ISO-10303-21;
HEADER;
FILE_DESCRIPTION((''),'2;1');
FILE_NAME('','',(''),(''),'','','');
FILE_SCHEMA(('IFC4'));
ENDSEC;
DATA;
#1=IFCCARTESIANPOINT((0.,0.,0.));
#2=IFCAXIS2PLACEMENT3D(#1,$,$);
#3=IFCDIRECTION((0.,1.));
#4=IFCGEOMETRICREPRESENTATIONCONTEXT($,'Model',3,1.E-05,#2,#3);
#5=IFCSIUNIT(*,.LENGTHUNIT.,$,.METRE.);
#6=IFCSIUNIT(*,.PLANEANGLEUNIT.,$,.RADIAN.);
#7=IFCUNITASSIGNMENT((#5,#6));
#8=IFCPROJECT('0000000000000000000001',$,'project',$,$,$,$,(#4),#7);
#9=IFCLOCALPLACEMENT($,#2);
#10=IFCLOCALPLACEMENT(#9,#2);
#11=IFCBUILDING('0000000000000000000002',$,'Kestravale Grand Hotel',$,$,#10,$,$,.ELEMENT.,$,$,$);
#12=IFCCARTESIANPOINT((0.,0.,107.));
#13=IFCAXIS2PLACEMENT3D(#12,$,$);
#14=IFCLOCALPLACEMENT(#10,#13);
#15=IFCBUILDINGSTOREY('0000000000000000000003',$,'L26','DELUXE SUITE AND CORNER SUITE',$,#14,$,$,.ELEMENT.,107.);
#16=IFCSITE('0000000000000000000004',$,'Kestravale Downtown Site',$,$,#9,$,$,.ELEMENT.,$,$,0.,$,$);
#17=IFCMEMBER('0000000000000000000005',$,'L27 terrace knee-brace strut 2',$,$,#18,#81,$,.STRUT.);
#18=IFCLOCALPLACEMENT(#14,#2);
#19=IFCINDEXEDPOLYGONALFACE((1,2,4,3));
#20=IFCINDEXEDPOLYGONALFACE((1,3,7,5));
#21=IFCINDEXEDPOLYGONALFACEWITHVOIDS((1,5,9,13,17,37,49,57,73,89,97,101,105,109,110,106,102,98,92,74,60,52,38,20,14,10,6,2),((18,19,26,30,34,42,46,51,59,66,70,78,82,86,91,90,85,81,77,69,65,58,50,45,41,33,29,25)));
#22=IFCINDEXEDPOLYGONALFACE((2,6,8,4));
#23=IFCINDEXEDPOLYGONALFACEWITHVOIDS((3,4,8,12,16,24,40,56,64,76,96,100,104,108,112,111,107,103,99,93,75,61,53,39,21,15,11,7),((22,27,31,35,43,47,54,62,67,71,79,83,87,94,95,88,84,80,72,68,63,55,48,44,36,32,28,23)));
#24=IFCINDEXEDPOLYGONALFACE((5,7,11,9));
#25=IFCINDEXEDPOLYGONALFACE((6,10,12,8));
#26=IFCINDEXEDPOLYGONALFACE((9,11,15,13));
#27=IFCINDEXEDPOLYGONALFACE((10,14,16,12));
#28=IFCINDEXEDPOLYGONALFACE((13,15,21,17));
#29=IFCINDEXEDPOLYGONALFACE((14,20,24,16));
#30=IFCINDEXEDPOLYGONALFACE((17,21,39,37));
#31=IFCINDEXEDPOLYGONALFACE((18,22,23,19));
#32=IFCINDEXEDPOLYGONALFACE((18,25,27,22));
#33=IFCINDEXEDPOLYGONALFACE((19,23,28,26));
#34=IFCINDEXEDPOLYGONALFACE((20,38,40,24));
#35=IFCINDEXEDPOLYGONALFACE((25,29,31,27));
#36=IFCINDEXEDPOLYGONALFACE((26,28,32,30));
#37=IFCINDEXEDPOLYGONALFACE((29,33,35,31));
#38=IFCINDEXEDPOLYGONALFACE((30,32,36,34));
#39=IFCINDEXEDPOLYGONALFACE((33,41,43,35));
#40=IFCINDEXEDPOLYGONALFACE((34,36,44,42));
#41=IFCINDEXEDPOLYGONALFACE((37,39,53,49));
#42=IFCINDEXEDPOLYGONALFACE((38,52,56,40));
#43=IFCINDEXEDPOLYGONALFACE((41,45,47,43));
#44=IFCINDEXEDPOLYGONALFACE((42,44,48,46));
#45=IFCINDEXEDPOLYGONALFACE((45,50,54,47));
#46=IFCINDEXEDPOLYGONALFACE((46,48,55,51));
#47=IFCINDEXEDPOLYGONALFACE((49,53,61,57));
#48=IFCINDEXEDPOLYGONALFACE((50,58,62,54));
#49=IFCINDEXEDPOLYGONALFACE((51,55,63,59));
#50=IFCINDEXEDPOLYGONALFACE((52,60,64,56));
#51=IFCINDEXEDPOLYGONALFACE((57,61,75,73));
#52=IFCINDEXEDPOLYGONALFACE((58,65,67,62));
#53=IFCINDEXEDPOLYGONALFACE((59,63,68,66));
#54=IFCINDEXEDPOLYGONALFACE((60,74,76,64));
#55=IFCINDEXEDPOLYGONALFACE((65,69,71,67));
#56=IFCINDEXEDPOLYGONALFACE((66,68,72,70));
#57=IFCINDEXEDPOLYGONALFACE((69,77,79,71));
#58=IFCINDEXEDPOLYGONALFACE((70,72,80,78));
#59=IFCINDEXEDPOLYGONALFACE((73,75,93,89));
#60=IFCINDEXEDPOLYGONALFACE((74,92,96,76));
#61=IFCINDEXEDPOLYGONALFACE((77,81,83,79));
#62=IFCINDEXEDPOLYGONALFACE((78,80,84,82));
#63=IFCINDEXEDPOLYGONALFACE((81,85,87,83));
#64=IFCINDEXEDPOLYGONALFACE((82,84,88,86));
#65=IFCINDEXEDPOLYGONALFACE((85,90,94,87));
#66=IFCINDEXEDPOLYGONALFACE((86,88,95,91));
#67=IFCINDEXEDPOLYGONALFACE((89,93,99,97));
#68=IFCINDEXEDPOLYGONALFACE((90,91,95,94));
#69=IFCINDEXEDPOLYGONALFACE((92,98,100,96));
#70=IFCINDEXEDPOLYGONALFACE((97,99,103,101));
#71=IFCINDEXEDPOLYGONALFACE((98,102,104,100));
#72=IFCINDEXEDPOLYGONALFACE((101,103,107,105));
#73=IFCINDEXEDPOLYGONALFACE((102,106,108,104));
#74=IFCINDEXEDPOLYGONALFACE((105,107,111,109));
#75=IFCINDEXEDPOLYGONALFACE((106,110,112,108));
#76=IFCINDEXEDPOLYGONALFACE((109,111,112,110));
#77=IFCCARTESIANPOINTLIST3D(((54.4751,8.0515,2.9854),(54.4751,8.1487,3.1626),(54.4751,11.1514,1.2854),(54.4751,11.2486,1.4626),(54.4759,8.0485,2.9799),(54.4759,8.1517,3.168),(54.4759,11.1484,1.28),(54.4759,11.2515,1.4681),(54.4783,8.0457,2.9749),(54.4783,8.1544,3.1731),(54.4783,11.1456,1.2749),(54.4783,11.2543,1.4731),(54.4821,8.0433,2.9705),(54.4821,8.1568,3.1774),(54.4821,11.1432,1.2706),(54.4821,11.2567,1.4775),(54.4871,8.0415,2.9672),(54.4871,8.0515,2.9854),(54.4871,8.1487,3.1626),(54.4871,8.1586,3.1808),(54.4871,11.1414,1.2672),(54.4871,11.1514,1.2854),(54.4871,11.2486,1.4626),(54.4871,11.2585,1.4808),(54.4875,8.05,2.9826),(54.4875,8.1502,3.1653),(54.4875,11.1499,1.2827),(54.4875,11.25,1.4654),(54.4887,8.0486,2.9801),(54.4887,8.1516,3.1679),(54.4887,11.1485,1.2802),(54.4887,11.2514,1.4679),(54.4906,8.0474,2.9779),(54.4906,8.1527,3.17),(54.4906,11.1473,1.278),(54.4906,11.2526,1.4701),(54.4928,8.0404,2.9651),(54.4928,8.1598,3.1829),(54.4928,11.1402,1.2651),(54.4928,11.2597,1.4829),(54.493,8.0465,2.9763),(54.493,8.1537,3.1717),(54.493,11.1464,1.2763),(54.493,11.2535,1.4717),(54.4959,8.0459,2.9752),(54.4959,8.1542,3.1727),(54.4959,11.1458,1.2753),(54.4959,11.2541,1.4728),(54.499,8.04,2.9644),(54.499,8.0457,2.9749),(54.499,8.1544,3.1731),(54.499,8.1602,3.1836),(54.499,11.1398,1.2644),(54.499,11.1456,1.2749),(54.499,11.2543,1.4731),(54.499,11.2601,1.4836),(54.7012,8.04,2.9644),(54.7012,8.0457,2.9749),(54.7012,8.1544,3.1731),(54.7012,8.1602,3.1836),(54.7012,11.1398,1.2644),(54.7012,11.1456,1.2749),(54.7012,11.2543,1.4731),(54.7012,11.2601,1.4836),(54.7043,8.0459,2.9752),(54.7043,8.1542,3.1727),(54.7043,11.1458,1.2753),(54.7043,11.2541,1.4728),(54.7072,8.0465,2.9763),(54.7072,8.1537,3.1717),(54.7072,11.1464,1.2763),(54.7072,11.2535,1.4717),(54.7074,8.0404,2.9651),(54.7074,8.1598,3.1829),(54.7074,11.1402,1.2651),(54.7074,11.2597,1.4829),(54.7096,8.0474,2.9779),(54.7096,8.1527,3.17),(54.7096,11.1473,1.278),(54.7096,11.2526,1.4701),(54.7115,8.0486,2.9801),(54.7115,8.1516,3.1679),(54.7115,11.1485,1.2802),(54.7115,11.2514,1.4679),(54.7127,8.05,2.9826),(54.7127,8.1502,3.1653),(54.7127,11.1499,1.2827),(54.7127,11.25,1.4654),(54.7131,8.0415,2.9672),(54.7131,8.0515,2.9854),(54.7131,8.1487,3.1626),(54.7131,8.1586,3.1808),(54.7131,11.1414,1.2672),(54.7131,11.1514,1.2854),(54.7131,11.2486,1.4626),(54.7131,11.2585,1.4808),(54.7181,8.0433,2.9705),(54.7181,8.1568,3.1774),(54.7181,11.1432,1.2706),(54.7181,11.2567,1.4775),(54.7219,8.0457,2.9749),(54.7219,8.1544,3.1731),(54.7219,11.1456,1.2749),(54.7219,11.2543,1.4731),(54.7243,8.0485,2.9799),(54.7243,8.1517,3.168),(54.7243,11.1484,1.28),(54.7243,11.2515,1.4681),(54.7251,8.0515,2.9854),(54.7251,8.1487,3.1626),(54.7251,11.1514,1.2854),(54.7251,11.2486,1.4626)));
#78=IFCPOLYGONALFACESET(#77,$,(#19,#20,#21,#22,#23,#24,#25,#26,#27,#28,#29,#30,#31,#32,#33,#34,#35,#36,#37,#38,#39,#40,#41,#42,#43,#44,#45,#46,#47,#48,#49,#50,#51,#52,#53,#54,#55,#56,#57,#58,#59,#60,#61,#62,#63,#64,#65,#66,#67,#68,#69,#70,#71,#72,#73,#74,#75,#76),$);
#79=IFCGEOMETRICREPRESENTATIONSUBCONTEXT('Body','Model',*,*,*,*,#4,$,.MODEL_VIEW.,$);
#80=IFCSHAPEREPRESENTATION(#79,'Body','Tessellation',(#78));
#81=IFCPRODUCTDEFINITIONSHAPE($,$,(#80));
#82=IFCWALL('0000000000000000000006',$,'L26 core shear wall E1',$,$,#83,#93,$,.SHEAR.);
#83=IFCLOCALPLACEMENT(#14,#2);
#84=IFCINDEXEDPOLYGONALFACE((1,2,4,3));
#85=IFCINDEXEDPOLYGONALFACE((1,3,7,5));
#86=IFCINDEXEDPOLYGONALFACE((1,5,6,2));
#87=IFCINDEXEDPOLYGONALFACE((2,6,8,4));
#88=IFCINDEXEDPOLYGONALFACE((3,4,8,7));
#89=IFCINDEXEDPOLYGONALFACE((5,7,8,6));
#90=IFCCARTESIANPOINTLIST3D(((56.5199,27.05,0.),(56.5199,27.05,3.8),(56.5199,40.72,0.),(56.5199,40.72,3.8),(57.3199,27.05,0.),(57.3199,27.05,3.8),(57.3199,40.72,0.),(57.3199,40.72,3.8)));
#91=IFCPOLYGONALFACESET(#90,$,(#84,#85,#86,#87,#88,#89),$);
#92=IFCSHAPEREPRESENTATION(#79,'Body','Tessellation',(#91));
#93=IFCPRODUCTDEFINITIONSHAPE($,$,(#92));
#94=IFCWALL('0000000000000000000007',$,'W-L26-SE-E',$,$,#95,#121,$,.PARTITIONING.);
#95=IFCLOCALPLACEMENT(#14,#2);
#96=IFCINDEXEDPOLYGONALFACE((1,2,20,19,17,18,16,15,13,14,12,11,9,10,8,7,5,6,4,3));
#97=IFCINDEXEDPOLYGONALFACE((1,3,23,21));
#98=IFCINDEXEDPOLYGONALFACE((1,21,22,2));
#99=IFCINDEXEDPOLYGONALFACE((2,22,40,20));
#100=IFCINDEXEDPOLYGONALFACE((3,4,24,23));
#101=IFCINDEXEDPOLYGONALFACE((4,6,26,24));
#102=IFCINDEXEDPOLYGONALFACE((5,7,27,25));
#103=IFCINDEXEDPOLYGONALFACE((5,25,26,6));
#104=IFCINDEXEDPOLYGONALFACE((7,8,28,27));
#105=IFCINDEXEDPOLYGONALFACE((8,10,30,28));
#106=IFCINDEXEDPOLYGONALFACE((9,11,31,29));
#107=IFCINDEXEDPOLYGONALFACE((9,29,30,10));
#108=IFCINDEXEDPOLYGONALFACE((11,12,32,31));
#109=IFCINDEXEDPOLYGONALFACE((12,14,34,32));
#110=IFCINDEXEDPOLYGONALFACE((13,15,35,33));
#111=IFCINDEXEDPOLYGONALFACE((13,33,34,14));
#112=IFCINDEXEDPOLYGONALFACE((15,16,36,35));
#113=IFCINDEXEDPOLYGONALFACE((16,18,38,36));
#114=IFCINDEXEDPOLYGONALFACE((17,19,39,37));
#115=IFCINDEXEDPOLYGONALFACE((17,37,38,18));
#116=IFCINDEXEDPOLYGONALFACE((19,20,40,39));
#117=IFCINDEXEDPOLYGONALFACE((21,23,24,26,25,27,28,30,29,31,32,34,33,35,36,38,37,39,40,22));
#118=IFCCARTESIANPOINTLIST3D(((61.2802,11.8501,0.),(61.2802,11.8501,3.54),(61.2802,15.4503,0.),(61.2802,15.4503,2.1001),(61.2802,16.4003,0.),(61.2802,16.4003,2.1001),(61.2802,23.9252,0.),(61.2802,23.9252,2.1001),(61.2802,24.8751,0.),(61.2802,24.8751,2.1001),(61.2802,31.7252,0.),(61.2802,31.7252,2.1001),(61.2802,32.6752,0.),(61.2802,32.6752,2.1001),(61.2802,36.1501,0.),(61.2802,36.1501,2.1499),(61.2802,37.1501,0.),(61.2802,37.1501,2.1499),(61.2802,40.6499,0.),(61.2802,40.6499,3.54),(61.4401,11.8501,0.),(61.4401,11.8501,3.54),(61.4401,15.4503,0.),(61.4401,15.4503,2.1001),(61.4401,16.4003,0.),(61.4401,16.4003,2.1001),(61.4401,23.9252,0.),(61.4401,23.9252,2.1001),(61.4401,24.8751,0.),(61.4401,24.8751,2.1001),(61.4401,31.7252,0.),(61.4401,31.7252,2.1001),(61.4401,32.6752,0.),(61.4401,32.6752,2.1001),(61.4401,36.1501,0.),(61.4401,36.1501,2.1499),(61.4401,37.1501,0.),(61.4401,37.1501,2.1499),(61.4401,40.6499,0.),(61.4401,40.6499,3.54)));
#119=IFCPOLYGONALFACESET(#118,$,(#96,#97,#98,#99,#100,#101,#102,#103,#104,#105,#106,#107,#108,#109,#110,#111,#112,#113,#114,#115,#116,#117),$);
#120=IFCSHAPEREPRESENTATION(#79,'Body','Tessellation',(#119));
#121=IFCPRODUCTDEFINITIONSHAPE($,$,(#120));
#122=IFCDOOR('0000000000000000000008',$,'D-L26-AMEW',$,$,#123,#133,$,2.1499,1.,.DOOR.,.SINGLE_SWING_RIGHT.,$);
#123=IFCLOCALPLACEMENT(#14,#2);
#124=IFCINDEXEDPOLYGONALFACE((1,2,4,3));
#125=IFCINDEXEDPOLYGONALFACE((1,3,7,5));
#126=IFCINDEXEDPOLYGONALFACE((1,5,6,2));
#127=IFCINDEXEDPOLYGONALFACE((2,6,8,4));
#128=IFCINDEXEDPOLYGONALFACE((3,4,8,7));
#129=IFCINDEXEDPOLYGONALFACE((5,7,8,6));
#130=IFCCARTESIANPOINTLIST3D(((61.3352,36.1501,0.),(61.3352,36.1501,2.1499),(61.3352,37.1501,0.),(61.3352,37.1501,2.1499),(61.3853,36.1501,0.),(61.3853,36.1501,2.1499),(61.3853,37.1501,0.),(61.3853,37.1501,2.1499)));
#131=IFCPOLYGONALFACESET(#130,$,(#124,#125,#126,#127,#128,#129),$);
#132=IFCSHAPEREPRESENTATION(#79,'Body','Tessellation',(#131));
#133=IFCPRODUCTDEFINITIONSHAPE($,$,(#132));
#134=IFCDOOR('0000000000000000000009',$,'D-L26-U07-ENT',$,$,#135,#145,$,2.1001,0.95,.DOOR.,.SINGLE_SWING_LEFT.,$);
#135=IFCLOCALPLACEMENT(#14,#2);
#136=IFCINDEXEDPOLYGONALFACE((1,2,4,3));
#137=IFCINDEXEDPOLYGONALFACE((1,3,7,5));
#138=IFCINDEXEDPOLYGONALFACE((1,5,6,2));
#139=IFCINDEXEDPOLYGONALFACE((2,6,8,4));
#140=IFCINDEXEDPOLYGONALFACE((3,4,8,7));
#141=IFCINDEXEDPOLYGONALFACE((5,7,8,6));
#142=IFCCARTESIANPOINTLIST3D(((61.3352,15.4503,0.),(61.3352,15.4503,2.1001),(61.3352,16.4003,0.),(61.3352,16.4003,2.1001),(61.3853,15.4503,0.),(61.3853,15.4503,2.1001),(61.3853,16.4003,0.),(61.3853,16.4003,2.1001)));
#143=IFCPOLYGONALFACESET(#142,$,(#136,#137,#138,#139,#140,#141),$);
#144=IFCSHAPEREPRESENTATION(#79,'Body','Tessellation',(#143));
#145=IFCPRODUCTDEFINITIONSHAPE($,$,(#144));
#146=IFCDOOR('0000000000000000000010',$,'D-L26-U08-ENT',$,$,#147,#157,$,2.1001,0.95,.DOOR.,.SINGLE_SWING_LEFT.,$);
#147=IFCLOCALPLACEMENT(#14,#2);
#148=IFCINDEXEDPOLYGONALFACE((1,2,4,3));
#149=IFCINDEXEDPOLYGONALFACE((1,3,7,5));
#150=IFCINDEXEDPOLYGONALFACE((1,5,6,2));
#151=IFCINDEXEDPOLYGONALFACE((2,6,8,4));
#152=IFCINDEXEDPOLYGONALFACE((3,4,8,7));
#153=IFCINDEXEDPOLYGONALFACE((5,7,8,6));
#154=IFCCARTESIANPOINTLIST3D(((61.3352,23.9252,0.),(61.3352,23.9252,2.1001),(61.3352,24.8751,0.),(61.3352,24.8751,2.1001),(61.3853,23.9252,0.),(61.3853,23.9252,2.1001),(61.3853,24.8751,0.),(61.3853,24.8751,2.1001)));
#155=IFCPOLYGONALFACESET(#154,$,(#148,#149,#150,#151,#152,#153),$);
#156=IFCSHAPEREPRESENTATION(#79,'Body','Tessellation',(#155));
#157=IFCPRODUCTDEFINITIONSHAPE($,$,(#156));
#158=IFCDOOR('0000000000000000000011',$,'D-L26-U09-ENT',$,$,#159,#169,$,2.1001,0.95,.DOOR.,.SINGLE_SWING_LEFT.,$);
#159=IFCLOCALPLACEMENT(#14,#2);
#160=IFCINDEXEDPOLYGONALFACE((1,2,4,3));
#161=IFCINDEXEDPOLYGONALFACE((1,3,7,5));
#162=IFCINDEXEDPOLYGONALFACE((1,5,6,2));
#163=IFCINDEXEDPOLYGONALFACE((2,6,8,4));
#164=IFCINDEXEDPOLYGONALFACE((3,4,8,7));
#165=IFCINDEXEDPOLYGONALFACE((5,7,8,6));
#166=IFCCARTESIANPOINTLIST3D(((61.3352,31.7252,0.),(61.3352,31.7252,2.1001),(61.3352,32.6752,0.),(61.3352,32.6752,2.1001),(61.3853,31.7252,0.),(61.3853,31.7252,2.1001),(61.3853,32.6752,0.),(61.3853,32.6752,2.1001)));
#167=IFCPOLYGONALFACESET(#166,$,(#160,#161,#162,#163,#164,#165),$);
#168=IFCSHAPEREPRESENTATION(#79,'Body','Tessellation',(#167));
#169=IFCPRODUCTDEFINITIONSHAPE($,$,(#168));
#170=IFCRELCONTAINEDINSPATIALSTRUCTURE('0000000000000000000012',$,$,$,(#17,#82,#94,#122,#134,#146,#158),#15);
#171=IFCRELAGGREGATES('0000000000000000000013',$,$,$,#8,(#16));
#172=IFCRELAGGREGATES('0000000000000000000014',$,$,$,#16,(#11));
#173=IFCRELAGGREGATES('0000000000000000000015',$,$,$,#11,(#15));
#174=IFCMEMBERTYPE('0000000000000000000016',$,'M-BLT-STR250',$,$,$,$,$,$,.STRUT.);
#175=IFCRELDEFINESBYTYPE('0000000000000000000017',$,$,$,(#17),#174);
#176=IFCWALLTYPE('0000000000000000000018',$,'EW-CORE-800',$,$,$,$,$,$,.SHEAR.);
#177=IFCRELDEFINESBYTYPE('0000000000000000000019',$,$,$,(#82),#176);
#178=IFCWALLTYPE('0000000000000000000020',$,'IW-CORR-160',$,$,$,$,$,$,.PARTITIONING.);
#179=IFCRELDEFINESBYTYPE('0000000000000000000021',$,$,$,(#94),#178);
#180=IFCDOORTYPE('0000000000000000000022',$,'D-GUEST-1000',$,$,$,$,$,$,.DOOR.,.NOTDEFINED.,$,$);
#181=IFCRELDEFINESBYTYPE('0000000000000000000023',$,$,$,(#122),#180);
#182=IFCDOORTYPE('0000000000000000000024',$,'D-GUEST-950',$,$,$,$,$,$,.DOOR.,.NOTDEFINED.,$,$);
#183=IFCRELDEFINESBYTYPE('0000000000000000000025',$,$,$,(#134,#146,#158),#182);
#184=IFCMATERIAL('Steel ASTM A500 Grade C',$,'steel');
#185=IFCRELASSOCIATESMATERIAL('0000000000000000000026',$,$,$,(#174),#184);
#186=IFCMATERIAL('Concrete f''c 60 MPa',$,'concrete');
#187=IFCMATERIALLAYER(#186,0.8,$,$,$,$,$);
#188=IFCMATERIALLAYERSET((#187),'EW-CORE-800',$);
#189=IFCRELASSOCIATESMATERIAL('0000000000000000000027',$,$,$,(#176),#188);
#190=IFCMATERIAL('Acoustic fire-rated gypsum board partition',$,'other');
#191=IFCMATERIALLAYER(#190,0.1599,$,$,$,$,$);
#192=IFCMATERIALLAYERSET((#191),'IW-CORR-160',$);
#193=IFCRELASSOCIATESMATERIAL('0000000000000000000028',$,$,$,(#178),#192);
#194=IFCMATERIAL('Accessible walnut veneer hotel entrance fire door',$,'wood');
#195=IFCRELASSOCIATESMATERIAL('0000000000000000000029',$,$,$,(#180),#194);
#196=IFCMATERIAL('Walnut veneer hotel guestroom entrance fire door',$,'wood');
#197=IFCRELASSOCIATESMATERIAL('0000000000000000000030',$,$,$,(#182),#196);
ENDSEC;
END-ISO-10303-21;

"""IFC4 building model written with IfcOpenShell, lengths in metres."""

from ifc_helpers import new_model, si_unit, direction, frame, frame_2d, origin, origin_2d, place, context, subcontext, project, spatial, rectangle, hollow_rectangle, extrude, material, layer, layer_set, material_profile, profile_set, type_object, element, fill, save


model = new_model("IFC4")

# Units and contexts
model_context = context("Model", 3, precision=1e-05, world=origin(), true_north=direction((0.0, 1.0)))
body_context = subcontext(model_context, "Body", "Model", "MODEL_VIEW")
ifc_project = project(units=[si_unit("LENGTHUNIT", "METRE"), si_unit("PLANEANGLEUNIT", "RADIAN")], contexts=[model_context])

# Site, building, storey
site_placement = place(None, origin())
site = spatial("IfcSite", under=ifc_project, at=site_placement, Name="Kestravale Downtown Site", CompositionType="ELEMENT", RefElevation=0.0)
building_placement = place(site_placement, origin())
building = spatial("IfcBuilding", under=site, at=building_placement, Name="Kestravale Grand Hotel", CompositionType="ELEMENT")
storey_placement = place(building_placement, frame((0.0, 0.0, 107.0)))
storey = spatial("IfcBuildingStorey", under=building, at=storey_placement, Name="L26", Description="DELUXE SUITE AND CORNER SUITE", CompositionType="ELEMENT", Elevation=107.0)

# Member
ifc_material_1 = material(Name="Steel ASTM A500 Grade C", Category="steel")
ifc_material_profile_1 = material_profile(ifc_material_1, hollow_rectangle(XDim=0.25, YDim=0.25, WallThickness=0.012, InnerFilletRadius=0.012, OuterFilletRadius=0.0239, at=origin_2d()))
ifc_profile_set_1 = profile_set([ifc_material_profile_1], Name="Steel ASTM A500 Grade C")
member_type = type_object("IfcMemberType", Name="M-BLT-STR250", PredefinedType="STRUT", material=ifc_profile_set_1)
member_placement = place(storey_placement, frame((54.6001, 11.2, 1.374), z_axis=(0.0, -0.876809, 0.480839), x_axis=(1.0, 0.0, 0.0)))
element("IfcMember", 1, at=member_placement, inside=storey, type_object=member_type, Name="L27 terrace knee-brace strut 2", PredefinedType="STRUT", context=body_context, shape_type="SweptSolid", body=[
    extrude(hollow_rectangle(XDim=0.25, YDim=0.25, WallThickness=0.012, InnerFilletRadius=0.012, OuterFilletRadius=0.0239, at=origin_2d()), origin(), (0.0, 0.0, 1.0), 3.5354),
])

# Wall
ifc_material_2 = material(Name="Concrete f'c 60 MPa", Category="concrete")
ifc_layer_1 = layer(ifc_material_2, 0.8)
ifc_layer_set_1 = layer_set([ifc_layer_1], Name="EW-CORE-800")
wall_type_1 = type_object("IfcWallType", Name="EW-CORE-800", PredefinedType="SHEAR", material=ifc_layer_set_1)
wall_1_placement = place(storey_placement, frame((56.9199, 27.05, 0.0), z_axis=(0.0, 0.0, 1.0), x_axis=(0.0, 1.0, 0.0)))
element("IfcWall", 2, at=wall_1_placement, inside=storey, type_object=wall_type_1, Name="L26 core shear wall E1", PredefinedType="SHEAR", context=body_context, shape_type="SweptSolid", body=[
    extrude(rectangle(XDim=13.6699, YDim=0.8, at=frame_2d((6.835, 0.0))), origin(), (0.0, 0.0, 1.0), 3.8),
])

# Wall, openings, doors
ifc_material_3 = material(Name="Acoustic fire-rated gypsum board partition", Category="other")
ifc_layer_2 = layer(ifc_material_3, 0.1599)
ifc_layer_set_2 = layer_set([ifc_layer_2], Name="IW-CORR-160")
wall_type_2 = type_object("IfcWallType", Name="IW-CORR-160", PredefinedType="PARTITIONING", material=ifc_layer_set_2)
wall_2_placement = place(storey_placement, frame((61.3601, 11.8501, 0.0), z_axis=(0.0, 0.0, 1.0), x_axis=(0.0, 1.0, 0.0)))
wall_2 = element("IfcWall", 3, at=wall_2_placement, inside=storey, type_object=wall_type_2, Name="W-L26-SE-E", PredefinedType="PARTITIONING", context=body_context, shape_type="SweptSolid", body=[
    extrude(rectangle(XDim=28.7998, YDim=0.1599, at=frame_2d((14.3999, 0.0))), origin(), (0.0, 0.0, 1.0), 3.54),
])
opening_1_placement = place(wall_2_placement, frame((3.6001, 0.0, 0.0)))
opening_1 = element("IfcOpeningElement", 4, at=opening_1_placement, cuts=wall_2, PredefinedType="OPENING", context=body_context, shape_type="SweptSolid", body=[
    extrude(rectangle(XDim=0.95, YDim=2.1001, at=frame_2d((0.4751, 1.05))), frame((0.0, 0.0898, 0.0), z_axis=(0.0, -1.0, 0.0), x_axis=(1.0, 0.0, 0.0)), (0.0, 0.0, 1.0), 0.1799),
])
opening_2_placement = place(wall_2_placement, frame((12.075, 0.0, 0.0)))
opening_2 = element("IfcOpeningElement", 5, at=opening_2_placement, cuts=wall_2, PredefinedType="OPENING", context=body_context, shape_type="SweptSolid", body=[
    extrude(rectangle(XDim=0.95, YDim=2.1001, at=frame_2d((0.4751, 1.05))), frame((0.0, 0.0898, 0.0), z_axis=(0.0, -1.0, 0.0), x_axis=(1.0, 0.0, 0.0)), (0.0, 0.0, 1.0), 0.1799),
])
opening_3_placement = place(wall_2_placement, frame((19.875, 0.0, 0.0)))
opening_3 = element("IfcOpeningElement", 6, at=opening_3_placement, cuts=wall_2, PredefinedType="OPENING", context=body_context, shape_type="SweptSolid", body=[
    extrude(rectangle(XDim=0.95, YDim=2.1001, at=frame_2d((0.4751, 1.05))), frame((0.0, 0.0898, 0.0), z_axis=(0.0, -1.0, 0.0), x_axis=(1.0, 0.0, 0.0)), (0.0, 0.0, 1.0), 0.1799),
])
opening_4_placement = place(wall_2_placement, frame((24.3, 0.0, 0.0)))
opening_4 = element("IfcOpeningElement", 7, at=opening_4_placement, cuts=wall_2, PredefinedType="OPENING", context=body_context, shape_type="SweptSolid", body=[
    extrude(rectangle(XDim=1.0, YDim=2.1499, at=frame_2d((0.5, 1.075))), frame((0.0, 0.0898, 0.0), z_axis=(0.0, -1.0, 0.0), x_axis=(1.0, 0.0, 0.0)), (0.0, 0.0, 1.0), 0.1799),
])
ifc_material_4 = material(Name="Accessible walnut veneer hotel entrance fire door", Category="wood")
door_type_1 = type_object("IfcDoorType", Name="D-GUEST-1000", OperationType="NOTDEFINED", PredefinedType="DOOR", material=ifc_material_4)
door_1_placement = place(opening_4_placement, origin())
door_1 = element("IfcDoor", 8, at=door_1_placement, inside=storey, type_object=door_type_1, Name="D-L26-AMEW", OperationType="SINGLE_SWING_RIGHT", OverallHeight=2.1499, OverallWidth=1.0, PredefinedType="DOOR", context=body_context, shape_type="SweptSolid", body=[
    extrude(rectangle(XDim=1.0, YDim=2.1499, at=frame_2d((0.5, 1.075))), frame((0.0, 0.0249, 0.0), z_axis=(0.0, -1.0, 0.0), x_axis=(1.0, 0.0, 0.0)), (0.0, 0.0, 1.0), 0.05),
])
fill(opening_4, door_1)
ifc_material_5 = material(Name="Walnut veneer hotel guestroom entrance fire door", Category="wood")
door_type_2 = type_object("IfcDoorType", Name="D-GUEST-950", OperationType="NOTDEFINED", PredefinedType="DOOR", material=ifc_material_5)
door_2_placement = place(opening_1_placement, origin())
door_2 = element("IfcDoor", 9, at=door_2_placement, inside=storey, type_object=door_type_2, Name="D-L26-U07-ENT", OperationType="SINGLE_SWING_LEFT", OverallHeight=2.1001, OverallWidth=0.95, PredefinedType="DOOR", context=body_context, shape_type="SweptSolid", body=[
    extrude(rectangle(XDim=0.95, YDim=2.1001, at=frame_2d((0.4751, 1.05))), frame((0.0, 0.0249, 0.0), z_axis=(0.0, -1.0, 0.0), x_axis=(1.0, 0.0, 0.0)), (0.0, 0.0, 1.0), 0.05),
])
fill(opening_1, door_2)
door_3_placement = place(opening_2_placement, origin())
door_3 = element("IfcDoor", 10, at=door_3_placement, inside=storey, type_object=door_type_2, Name="D-L26-U08-ENT", OperationType="SINGLE_SWING_LEFT", OverallHeight=2.1001, OverallWidth=0.95, PredefinedType="DOOR", context=body_context, shape_type="SweptSolid", body=[
    extrude(rectangle(XDim=0.95, YDim=2.1001, at=frame_2d((0.4751, 1.05))), frame((0.0, 0.0249, 0.0), z_axis=(0.0, -1.0, 0.0), x_axis=(1.0, 0.0, 0.0)), (0.0, 0.0, 1.0), 0.05),
])
fill(opening_2, door_3)
door_4_placement = place(opening_3_placement, origin())
door_4 = element("IfcDoor", 11, at=door_4_placement, inside=storey, type_object=door_type_2, Name="D-L26-U09-ENT", OperationType="SINGLE_SWING_LEFT", OverallHeight=2.1001, OverallWidth=0.95, PredefinedType="DOOR", context=body_context, shape_type="SweptSolid", body=[
    extrude(rectangle(XDim=0.95, YDim=2.1001, at=frame_2d((0.4751, 1.05))), frame((0.0, 0.0249, 0.0), z_axis=(0.0, -1.0, 0.0), x_axis=(1.0, 0.0, 0.0)), (0.0, 0.0, 1.0), 0.05),
])
fill(opening_3, door_4)

save(model, "model.ifc")
